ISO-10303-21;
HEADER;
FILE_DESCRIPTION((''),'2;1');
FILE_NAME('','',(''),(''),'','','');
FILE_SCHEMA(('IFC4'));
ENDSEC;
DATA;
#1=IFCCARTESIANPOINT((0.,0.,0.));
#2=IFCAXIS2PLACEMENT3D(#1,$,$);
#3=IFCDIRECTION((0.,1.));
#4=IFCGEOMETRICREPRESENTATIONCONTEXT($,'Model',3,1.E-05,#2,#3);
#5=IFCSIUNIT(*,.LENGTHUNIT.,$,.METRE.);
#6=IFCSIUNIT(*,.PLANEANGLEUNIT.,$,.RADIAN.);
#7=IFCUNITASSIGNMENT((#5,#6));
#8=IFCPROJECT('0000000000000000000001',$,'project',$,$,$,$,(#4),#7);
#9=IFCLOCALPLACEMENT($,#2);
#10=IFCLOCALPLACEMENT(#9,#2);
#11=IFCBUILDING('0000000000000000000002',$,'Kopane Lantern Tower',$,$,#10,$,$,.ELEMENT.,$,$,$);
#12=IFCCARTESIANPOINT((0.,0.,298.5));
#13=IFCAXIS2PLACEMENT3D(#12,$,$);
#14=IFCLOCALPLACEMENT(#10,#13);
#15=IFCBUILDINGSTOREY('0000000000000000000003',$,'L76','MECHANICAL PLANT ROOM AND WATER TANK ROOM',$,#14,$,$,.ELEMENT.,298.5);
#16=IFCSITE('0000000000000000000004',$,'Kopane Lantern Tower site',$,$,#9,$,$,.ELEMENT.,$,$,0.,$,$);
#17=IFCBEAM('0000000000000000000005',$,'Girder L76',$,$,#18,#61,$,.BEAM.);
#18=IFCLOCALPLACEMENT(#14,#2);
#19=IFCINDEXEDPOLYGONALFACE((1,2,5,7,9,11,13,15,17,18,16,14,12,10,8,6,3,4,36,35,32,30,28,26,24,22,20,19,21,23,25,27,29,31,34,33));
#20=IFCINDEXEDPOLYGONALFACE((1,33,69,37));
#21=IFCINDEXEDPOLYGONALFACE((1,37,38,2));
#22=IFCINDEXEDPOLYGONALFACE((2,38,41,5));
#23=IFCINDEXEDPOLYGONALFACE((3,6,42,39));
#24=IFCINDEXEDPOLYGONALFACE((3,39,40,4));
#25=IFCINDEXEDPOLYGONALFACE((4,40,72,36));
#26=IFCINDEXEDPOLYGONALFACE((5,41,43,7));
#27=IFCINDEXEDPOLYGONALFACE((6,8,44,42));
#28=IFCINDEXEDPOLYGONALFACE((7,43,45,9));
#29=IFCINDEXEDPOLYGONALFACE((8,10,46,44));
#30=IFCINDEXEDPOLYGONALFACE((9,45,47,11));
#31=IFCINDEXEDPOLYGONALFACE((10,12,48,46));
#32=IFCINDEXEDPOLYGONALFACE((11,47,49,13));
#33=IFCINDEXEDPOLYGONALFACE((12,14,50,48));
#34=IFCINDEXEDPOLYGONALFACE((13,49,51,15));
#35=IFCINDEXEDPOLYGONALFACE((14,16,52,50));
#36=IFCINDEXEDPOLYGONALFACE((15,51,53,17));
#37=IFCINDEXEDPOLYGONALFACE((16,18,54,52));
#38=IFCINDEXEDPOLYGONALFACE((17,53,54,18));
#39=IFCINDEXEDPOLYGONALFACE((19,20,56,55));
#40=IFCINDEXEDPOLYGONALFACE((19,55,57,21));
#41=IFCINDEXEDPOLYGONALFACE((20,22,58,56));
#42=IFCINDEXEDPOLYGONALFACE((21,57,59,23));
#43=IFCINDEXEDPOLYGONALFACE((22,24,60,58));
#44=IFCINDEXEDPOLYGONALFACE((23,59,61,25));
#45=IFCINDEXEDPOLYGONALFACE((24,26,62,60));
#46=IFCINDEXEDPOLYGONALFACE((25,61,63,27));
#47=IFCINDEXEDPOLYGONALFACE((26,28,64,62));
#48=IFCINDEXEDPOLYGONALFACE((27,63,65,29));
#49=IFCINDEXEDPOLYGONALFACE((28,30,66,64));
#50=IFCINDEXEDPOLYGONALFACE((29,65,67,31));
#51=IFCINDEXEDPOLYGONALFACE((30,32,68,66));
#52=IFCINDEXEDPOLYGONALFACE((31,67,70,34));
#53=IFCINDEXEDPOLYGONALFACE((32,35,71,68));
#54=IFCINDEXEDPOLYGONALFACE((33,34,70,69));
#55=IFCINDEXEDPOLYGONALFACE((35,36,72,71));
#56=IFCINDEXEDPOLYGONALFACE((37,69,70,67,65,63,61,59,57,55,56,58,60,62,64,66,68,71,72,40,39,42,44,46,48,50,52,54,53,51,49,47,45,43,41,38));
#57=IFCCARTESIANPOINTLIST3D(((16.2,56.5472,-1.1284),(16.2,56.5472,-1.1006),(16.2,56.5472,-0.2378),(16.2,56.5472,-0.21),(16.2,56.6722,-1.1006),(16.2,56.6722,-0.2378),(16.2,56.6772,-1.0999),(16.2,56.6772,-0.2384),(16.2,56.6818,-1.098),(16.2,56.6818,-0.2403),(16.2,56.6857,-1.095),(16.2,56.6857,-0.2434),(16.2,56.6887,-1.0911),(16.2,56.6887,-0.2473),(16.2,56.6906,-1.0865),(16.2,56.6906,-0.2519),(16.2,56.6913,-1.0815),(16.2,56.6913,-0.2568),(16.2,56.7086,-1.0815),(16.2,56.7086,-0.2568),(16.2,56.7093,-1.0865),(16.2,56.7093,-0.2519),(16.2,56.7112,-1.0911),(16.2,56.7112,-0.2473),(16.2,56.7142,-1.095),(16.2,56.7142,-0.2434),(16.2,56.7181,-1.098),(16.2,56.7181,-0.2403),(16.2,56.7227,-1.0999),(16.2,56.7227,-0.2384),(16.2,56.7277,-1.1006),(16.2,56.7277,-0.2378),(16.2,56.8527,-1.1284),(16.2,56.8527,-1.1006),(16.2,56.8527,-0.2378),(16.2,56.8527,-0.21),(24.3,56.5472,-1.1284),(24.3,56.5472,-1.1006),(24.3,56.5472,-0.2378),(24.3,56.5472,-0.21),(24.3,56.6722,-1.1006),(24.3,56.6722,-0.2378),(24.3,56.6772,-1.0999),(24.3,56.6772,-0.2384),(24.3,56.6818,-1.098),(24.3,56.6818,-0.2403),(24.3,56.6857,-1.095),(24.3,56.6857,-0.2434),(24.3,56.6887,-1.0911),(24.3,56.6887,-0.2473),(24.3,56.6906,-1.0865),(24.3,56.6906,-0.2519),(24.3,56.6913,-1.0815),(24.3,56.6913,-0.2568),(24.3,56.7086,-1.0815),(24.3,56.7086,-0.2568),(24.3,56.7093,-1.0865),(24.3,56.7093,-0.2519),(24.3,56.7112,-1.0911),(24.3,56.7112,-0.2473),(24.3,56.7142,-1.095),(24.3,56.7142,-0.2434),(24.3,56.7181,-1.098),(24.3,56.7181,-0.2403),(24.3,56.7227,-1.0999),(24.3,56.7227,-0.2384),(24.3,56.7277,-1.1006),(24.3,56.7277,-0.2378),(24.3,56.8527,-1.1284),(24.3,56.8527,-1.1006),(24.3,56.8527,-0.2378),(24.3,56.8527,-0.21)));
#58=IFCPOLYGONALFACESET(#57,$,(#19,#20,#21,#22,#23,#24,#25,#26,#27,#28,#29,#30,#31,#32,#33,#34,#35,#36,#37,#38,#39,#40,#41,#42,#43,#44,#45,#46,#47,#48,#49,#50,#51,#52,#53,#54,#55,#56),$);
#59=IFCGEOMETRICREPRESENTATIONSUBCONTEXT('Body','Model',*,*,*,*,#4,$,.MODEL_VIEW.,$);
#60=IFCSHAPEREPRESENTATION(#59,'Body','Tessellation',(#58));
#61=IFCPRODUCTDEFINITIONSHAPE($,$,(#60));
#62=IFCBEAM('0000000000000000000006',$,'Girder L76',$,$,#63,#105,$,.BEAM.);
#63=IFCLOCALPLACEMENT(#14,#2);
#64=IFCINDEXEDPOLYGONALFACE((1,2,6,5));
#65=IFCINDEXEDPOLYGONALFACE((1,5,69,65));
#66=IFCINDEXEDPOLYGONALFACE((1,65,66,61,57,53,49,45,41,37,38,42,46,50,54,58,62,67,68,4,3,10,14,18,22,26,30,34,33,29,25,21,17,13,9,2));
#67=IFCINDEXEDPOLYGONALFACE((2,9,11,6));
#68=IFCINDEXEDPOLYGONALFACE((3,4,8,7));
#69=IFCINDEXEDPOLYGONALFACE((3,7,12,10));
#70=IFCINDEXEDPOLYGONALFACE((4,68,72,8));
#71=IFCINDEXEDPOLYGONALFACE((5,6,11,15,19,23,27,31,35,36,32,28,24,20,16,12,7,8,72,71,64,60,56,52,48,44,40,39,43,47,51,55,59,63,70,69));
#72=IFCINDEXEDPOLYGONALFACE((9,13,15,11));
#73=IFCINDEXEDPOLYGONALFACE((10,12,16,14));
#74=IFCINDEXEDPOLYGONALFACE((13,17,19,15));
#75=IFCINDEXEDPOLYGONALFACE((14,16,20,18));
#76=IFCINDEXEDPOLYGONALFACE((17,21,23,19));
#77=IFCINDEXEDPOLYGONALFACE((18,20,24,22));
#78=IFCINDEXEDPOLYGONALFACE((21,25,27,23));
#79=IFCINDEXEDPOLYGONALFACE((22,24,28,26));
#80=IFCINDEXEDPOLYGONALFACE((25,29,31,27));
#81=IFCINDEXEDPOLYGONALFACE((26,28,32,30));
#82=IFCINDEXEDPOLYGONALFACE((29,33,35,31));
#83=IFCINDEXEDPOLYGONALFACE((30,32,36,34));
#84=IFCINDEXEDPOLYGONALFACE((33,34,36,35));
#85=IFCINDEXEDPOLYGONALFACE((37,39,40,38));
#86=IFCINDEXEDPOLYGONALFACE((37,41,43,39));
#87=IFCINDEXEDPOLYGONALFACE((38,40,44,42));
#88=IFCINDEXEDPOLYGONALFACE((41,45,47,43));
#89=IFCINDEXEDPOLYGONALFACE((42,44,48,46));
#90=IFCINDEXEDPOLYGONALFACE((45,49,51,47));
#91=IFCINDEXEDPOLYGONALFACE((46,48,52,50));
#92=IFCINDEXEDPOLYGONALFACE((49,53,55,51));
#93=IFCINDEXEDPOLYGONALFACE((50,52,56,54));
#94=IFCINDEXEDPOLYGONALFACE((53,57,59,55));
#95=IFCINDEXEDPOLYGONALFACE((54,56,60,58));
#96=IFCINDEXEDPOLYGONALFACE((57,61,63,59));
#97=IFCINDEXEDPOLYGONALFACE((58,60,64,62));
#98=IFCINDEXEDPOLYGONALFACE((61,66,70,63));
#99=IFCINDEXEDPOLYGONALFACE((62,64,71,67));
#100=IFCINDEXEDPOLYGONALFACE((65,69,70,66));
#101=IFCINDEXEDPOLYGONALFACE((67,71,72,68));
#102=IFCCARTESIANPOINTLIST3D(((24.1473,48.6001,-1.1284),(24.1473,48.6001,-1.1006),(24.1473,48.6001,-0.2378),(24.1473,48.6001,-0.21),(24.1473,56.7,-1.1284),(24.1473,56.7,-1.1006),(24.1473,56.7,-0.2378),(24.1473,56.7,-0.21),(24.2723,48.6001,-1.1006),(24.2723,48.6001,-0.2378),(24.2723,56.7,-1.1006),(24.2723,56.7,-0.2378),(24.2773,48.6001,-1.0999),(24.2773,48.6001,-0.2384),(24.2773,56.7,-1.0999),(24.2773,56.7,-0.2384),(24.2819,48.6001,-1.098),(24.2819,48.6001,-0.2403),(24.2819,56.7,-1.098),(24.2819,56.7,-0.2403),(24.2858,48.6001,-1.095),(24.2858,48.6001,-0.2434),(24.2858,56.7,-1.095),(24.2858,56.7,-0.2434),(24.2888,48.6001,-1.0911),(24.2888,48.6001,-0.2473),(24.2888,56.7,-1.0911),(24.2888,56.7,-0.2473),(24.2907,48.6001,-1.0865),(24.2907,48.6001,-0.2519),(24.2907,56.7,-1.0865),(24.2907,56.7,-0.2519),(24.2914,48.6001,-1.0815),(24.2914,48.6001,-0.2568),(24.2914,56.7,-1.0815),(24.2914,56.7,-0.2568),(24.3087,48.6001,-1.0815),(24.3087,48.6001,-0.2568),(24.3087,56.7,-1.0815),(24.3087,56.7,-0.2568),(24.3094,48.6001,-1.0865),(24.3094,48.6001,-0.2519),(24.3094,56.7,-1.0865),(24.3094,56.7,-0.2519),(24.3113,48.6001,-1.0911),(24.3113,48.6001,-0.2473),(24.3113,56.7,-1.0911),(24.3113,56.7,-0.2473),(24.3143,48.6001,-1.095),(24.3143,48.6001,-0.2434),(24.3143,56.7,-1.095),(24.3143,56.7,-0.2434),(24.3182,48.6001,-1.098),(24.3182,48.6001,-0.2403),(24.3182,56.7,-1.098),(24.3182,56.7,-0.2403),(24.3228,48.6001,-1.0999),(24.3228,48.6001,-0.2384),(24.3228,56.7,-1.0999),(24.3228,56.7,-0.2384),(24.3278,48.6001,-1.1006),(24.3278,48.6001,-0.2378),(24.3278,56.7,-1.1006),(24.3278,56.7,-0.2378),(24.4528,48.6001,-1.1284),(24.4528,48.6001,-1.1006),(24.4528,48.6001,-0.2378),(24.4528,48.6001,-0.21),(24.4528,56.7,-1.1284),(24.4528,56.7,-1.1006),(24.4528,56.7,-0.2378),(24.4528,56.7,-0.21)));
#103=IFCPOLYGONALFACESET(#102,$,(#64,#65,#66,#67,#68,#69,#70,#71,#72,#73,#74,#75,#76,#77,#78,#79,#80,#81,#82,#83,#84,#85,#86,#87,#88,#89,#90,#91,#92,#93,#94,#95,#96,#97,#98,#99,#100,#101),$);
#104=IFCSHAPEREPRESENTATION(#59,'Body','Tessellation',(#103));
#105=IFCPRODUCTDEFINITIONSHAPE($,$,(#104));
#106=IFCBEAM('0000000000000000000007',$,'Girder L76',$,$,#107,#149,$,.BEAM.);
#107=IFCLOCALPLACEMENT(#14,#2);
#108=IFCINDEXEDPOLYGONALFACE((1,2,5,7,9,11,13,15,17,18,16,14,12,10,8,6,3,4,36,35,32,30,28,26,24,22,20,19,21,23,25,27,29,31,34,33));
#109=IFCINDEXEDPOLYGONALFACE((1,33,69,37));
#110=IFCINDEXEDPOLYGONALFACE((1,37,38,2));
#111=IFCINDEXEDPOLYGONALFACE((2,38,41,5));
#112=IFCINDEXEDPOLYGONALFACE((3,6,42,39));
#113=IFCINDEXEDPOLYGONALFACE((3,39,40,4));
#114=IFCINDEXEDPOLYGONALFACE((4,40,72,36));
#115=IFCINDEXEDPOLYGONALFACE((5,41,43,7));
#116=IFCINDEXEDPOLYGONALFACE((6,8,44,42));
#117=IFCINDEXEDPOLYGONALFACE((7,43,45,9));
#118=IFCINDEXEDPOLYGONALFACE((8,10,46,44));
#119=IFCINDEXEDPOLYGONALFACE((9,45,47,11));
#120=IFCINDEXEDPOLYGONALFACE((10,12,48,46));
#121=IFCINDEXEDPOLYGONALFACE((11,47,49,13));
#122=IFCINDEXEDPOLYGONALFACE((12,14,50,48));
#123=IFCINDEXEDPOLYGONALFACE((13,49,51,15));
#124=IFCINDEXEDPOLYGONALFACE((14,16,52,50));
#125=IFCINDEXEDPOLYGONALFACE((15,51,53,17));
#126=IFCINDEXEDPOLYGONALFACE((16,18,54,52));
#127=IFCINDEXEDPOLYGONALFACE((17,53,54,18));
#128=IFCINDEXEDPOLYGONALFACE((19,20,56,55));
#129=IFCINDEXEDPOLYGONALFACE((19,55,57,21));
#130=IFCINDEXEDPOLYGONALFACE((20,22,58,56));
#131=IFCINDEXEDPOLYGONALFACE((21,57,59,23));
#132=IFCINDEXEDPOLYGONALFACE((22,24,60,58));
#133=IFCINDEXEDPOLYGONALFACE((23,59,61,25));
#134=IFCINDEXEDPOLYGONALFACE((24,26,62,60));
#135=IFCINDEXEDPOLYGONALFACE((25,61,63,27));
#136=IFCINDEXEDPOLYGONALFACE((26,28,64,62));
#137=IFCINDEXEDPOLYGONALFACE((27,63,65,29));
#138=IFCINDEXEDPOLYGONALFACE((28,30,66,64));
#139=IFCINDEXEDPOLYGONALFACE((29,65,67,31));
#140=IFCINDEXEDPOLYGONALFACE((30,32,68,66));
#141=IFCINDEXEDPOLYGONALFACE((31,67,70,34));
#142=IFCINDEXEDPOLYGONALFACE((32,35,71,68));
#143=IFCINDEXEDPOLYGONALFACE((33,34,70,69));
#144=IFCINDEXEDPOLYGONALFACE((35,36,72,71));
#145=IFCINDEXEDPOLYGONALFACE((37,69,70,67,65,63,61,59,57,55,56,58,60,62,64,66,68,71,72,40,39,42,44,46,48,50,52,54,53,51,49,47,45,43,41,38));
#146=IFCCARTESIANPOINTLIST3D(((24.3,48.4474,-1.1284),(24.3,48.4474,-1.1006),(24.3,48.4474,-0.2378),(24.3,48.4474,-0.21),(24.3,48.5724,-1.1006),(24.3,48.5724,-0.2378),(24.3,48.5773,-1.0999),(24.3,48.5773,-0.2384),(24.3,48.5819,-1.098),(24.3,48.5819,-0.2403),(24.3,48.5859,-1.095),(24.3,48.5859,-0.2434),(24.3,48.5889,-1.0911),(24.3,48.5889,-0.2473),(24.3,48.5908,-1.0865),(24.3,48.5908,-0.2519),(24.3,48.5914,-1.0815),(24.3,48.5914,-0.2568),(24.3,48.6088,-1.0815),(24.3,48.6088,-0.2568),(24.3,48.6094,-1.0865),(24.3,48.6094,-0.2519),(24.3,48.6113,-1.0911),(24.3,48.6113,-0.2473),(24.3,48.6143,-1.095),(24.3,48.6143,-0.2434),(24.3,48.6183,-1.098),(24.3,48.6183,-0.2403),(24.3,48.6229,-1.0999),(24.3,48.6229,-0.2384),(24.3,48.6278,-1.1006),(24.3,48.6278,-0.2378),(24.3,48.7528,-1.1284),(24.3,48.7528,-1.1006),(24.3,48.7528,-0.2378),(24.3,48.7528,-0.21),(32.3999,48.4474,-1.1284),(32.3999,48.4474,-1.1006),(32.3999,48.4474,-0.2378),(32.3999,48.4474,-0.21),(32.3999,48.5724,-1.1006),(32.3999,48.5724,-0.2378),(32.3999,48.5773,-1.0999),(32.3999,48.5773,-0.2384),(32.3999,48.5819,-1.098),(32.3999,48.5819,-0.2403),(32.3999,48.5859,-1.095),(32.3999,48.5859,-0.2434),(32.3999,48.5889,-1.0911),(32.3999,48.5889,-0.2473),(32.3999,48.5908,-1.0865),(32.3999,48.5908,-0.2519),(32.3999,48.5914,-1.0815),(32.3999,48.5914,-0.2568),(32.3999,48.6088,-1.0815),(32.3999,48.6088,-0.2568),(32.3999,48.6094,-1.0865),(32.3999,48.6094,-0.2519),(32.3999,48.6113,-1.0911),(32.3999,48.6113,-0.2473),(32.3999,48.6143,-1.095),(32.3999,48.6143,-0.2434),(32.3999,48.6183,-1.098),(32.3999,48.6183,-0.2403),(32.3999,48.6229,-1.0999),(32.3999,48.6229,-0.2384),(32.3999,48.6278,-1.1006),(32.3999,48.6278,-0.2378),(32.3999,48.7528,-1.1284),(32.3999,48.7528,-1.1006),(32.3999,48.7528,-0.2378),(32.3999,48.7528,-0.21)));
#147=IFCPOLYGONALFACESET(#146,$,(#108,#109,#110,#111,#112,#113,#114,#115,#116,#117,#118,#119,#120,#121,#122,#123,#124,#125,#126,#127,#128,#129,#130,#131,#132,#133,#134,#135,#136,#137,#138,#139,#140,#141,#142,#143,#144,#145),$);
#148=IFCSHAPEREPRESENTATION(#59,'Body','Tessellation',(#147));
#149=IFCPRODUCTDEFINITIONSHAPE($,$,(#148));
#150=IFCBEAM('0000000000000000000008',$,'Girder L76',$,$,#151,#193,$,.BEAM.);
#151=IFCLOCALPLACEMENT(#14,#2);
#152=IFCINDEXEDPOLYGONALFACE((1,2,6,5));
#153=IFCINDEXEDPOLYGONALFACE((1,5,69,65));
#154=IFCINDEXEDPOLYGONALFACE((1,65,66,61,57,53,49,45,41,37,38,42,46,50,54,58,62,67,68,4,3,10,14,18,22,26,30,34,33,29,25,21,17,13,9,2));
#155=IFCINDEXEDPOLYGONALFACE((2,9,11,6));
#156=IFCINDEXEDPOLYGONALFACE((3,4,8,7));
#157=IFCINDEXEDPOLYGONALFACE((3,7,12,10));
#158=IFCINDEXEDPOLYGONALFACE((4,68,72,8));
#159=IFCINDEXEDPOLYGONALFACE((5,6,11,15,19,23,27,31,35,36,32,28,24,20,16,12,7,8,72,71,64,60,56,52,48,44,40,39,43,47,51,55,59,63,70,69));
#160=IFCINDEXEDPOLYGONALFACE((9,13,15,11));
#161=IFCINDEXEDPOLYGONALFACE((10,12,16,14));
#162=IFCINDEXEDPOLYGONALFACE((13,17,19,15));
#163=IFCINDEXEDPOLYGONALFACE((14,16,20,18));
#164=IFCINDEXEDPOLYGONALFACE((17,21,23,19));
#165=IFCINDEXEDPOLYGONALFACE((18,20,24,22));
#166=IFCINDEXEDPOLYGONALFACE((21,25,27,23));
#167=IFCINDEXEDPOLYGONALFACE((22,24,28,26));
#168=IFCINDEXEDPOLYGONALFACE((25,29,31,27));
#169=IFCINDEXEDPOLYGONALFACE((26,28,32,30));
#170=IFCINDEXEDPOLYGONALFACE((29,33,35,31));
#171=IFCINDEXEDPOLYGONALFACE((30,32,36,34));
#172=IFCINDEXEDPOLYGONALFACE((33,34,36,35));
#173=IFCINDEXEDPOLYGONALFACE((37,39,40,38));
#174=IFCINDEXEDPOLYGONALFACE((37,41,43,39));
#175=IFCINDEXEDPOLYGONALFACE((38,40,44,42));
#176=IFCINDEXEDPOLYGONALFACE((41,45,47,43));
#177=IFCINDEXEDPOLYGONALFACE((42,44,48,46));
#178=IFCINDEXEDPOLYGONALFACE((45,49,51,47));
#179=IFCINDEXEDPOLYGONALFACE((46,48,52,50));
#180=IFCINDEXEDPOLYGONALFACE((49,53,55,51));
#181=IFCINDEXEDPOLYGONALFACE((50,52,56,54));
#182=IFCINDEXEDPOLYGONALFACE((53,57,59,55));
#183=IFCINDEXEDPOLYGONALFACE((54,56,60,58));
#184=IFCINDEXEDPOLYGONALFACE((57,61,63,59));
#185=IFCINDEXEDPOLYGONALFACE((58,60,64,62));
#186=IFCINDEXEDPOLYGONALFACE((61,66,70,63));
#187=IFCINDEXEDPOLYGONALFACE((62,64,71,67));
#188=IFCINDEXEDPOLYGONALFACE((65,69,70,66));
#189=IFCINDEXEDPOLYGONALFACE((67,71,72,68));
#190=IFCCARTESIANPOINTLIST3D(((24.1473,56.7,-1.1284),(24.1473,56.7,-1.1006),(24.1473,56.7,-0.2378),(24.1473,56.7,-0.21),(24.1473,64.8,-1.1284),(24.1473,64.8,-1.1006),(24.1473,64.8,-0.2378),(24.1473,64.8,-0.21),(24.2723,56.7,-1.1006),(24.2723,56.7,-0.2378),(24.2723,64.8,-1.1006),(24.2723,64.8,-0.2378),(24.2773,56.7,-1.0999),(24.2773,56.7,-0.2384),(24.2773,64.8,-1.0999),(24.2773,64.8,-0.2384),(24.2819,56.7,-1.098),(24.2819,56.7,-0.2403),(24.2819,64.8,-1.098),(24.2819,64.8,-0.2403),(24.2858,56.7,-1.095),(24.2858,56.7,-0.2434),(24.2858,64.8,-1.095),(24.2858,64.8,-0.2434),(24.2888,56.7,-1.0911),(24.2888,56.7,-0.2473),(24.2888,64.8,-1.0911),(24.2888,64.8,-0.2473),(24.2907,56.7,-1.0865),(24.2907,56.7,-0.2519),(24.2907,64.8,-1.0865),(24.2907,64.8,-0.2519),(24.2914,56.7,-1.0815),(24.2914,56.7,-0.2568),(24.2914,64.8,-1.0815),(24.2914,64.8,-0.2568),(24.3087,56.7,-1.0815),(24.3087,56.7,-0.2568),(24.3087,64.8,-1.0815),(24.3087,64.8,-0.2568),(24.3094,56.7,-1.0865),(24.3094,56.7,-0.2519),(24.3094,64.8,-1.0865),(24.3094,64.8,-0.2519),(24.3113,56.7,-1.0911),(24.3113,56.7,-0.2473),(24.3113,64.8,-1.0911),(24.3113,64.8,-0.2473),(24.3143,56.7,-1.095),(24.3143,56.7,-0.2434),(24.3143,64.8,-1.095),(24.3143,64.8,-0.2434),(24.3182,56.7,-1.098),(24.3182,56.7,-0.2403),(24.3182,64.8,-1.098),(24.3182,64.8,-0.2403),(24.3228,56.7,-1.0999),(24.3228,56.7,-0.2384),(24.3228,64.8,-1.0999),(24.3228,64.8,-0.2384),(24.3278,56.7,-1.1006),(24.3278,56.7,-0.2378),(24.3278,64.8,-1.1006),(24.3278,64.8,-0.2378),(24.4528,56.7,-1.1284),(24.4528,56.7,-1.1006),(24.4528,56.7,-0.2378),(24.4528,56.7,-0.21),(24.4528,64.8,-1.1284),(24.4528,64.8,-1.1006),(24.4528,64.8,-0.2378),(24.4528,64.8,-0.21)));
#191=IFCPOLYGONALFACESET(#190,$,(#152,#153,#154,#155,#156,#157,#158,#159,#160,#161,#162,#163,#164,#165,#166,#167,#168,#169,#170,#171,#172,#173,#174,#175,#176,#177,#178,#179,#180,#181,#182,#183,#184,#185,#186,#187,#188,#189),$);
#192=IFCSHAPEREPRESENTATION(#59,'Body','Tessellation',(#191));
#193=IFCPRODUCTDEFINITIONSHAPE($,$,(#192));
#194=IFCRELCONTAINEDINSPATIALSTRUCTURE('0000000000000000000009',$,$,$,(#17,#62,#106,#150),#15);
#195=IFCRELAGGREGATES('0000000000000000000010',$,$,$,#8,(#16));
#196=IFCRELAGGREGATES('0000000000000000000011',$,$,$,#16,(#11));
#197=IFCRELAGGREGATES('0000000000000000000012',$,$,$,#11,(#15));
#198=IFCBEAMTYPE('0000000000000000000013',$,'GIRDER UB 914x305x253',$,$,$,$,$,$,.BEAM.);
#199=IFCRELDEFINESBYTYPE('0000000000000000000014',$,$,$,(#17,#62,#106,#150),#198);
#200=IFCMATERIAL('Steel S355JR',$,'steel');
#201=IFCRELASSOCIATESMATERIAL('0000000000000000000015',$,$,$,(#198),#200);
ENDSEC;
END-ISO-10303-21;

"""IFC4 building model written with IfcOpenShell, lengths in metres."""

from ifc_helpers import new_model, si_unit, direction, frame, origin, origin_2d, place, context, subcontext, project, spatial, i_section, extrude, material, material_profile, profile_set, type_object, element, save


model = new_model("IFC4")

# Units and contexts
model_context = context("Model", 3, precision=1e-05, world=origin(), true_north=direction((0.0, 1.0)))
body_context = subcontext(model_context, "Body", "Model", "MODEL_VIEW")
ifc_project = project(units=[si_unit("LENGTHUNIT", "METRE"), si_unit("PLANEANGLEUNIT", "RADIAN")], contexts=[model_context])

# Site, building, storey
site_placement = place(None, origin())
site = spatial("IfcSite", under=ifc_project, at=site_placement, Name="Kopane Lantern Tower site", CompositionType="ELEMENT", RefElevation=0.0)
building_placement = place(site_placement, origin())
building = spatial("IfcBuilding", under=site, at=building_placement, Name="Kopane Lantern Tower", CompositionType="ELEMENT")
storey_placement = place(building_placement, frame((0.0, 0.0, 298.5)))
storey = spatial("IfcBuildingStorey", under=building, at=storey_placement, Name="L76", Description="MECHANICAL PLANT ROOM AND WATER TANK ROOM", CompositionType="ELEMENT", Elevation=298.5)

# Beams
ifc_material_1 = material(Name="Steel S355JR", Category="steel")
ifc_material_profile_1 = material_profile(ifc_material_1, i_section(OverallWidth=0.3054, OverallDepth=0.9185, WebThickness=0.0173, FlangeThickness=0.0278, FilletRadius=0.019, at=origin_2d()), Name="UB 914x305x253")
ifc_profile_set_1 = profile_set([ifc_material_profile_1], Name="Steel S355JR")
beam_type = type_object("IfcBeamType", Name="GIRDER UB 914x305x253", PredefinedType="BEAM", material=ifc_profile_set_1)
for number, where, z_axis, x_axis, name in (
    (1, (16.2, 56.7, -0.6692), (1.0, 0.0, 0.0), (0.0, 1.0, 0.0), "Girder L76"),
):
    element("IfcBeam", number, at=place(storey_placement, frame(where, z_axis=z_axis, x_axis=x_axis)), inside=storey, type_object=beam_type, Name=name, PredefinedType="BEAM", context=body_context, shape_type="SweptSolid", body=[
        extrude(i_section(OverallWidth=0.3054, OverallDepth=0.9185, WebThickness=0.0173, FlangeThickness=0.0278, FilletRadius=0.019, at=origin_2d()), origin(), (0.0, 0.0, 1.0), 8.1001),
    ])
for number, where, z_axis, x_axis, name in (
    (2, (24.3, 48.6001, -0.6692), (0.0, 1.0, 0.0), (-1.0, 0.0, 0.0), "Girder L76"),
    (3, (24.3, 48.6001, -0.6692), (1.0, 0.0, 0.0), (0.0, 1.0, 0.0), "Girder L76"),
):
    element("IfcBeam", number, at=place(storey_placement, frame(where, z_axis=z_axis, x_axis=x_axis)), inside=storey, type_object=beam_type, Name=name, PredefinedType="BEAM", context=body_context, shape_type="SweptSolid", body=[
        extrude(i_section(OverallWidth=0.3054, OverallDepth=0.9185, WebThickness=0.0173, FlangeThickness=0.0278, FilletRadius=0.019, at=origin_2d()), origin(), (0.0, 0.0, 1.0), 8.0999),
    ])
beam_1_placement = place(storey_placement, frame((24.3, 56.7, -0.6692), z_axis=(0.0, 1.0, 0.0), x_axis=(-1.0, 0.0, 0.0)))
element("IfcBeam", 4, at=beam_1_placement, inside=storey, type_object=beam_type, Name="Girder L76", PredefinedType="BEAM", context=body_context, shape_type="SweptSolid", body=[
    extrude(i_section(OverallWidth=0.3054, OverallDepth=0.9185, WebThickness=0.0173, FlangeThickness=0.0278, FilletRadius=0.019, at=origin_2d()), origin(), (0.0, 0.0, 1.0), 8.1001),
])

save(model, "model.ifc")
